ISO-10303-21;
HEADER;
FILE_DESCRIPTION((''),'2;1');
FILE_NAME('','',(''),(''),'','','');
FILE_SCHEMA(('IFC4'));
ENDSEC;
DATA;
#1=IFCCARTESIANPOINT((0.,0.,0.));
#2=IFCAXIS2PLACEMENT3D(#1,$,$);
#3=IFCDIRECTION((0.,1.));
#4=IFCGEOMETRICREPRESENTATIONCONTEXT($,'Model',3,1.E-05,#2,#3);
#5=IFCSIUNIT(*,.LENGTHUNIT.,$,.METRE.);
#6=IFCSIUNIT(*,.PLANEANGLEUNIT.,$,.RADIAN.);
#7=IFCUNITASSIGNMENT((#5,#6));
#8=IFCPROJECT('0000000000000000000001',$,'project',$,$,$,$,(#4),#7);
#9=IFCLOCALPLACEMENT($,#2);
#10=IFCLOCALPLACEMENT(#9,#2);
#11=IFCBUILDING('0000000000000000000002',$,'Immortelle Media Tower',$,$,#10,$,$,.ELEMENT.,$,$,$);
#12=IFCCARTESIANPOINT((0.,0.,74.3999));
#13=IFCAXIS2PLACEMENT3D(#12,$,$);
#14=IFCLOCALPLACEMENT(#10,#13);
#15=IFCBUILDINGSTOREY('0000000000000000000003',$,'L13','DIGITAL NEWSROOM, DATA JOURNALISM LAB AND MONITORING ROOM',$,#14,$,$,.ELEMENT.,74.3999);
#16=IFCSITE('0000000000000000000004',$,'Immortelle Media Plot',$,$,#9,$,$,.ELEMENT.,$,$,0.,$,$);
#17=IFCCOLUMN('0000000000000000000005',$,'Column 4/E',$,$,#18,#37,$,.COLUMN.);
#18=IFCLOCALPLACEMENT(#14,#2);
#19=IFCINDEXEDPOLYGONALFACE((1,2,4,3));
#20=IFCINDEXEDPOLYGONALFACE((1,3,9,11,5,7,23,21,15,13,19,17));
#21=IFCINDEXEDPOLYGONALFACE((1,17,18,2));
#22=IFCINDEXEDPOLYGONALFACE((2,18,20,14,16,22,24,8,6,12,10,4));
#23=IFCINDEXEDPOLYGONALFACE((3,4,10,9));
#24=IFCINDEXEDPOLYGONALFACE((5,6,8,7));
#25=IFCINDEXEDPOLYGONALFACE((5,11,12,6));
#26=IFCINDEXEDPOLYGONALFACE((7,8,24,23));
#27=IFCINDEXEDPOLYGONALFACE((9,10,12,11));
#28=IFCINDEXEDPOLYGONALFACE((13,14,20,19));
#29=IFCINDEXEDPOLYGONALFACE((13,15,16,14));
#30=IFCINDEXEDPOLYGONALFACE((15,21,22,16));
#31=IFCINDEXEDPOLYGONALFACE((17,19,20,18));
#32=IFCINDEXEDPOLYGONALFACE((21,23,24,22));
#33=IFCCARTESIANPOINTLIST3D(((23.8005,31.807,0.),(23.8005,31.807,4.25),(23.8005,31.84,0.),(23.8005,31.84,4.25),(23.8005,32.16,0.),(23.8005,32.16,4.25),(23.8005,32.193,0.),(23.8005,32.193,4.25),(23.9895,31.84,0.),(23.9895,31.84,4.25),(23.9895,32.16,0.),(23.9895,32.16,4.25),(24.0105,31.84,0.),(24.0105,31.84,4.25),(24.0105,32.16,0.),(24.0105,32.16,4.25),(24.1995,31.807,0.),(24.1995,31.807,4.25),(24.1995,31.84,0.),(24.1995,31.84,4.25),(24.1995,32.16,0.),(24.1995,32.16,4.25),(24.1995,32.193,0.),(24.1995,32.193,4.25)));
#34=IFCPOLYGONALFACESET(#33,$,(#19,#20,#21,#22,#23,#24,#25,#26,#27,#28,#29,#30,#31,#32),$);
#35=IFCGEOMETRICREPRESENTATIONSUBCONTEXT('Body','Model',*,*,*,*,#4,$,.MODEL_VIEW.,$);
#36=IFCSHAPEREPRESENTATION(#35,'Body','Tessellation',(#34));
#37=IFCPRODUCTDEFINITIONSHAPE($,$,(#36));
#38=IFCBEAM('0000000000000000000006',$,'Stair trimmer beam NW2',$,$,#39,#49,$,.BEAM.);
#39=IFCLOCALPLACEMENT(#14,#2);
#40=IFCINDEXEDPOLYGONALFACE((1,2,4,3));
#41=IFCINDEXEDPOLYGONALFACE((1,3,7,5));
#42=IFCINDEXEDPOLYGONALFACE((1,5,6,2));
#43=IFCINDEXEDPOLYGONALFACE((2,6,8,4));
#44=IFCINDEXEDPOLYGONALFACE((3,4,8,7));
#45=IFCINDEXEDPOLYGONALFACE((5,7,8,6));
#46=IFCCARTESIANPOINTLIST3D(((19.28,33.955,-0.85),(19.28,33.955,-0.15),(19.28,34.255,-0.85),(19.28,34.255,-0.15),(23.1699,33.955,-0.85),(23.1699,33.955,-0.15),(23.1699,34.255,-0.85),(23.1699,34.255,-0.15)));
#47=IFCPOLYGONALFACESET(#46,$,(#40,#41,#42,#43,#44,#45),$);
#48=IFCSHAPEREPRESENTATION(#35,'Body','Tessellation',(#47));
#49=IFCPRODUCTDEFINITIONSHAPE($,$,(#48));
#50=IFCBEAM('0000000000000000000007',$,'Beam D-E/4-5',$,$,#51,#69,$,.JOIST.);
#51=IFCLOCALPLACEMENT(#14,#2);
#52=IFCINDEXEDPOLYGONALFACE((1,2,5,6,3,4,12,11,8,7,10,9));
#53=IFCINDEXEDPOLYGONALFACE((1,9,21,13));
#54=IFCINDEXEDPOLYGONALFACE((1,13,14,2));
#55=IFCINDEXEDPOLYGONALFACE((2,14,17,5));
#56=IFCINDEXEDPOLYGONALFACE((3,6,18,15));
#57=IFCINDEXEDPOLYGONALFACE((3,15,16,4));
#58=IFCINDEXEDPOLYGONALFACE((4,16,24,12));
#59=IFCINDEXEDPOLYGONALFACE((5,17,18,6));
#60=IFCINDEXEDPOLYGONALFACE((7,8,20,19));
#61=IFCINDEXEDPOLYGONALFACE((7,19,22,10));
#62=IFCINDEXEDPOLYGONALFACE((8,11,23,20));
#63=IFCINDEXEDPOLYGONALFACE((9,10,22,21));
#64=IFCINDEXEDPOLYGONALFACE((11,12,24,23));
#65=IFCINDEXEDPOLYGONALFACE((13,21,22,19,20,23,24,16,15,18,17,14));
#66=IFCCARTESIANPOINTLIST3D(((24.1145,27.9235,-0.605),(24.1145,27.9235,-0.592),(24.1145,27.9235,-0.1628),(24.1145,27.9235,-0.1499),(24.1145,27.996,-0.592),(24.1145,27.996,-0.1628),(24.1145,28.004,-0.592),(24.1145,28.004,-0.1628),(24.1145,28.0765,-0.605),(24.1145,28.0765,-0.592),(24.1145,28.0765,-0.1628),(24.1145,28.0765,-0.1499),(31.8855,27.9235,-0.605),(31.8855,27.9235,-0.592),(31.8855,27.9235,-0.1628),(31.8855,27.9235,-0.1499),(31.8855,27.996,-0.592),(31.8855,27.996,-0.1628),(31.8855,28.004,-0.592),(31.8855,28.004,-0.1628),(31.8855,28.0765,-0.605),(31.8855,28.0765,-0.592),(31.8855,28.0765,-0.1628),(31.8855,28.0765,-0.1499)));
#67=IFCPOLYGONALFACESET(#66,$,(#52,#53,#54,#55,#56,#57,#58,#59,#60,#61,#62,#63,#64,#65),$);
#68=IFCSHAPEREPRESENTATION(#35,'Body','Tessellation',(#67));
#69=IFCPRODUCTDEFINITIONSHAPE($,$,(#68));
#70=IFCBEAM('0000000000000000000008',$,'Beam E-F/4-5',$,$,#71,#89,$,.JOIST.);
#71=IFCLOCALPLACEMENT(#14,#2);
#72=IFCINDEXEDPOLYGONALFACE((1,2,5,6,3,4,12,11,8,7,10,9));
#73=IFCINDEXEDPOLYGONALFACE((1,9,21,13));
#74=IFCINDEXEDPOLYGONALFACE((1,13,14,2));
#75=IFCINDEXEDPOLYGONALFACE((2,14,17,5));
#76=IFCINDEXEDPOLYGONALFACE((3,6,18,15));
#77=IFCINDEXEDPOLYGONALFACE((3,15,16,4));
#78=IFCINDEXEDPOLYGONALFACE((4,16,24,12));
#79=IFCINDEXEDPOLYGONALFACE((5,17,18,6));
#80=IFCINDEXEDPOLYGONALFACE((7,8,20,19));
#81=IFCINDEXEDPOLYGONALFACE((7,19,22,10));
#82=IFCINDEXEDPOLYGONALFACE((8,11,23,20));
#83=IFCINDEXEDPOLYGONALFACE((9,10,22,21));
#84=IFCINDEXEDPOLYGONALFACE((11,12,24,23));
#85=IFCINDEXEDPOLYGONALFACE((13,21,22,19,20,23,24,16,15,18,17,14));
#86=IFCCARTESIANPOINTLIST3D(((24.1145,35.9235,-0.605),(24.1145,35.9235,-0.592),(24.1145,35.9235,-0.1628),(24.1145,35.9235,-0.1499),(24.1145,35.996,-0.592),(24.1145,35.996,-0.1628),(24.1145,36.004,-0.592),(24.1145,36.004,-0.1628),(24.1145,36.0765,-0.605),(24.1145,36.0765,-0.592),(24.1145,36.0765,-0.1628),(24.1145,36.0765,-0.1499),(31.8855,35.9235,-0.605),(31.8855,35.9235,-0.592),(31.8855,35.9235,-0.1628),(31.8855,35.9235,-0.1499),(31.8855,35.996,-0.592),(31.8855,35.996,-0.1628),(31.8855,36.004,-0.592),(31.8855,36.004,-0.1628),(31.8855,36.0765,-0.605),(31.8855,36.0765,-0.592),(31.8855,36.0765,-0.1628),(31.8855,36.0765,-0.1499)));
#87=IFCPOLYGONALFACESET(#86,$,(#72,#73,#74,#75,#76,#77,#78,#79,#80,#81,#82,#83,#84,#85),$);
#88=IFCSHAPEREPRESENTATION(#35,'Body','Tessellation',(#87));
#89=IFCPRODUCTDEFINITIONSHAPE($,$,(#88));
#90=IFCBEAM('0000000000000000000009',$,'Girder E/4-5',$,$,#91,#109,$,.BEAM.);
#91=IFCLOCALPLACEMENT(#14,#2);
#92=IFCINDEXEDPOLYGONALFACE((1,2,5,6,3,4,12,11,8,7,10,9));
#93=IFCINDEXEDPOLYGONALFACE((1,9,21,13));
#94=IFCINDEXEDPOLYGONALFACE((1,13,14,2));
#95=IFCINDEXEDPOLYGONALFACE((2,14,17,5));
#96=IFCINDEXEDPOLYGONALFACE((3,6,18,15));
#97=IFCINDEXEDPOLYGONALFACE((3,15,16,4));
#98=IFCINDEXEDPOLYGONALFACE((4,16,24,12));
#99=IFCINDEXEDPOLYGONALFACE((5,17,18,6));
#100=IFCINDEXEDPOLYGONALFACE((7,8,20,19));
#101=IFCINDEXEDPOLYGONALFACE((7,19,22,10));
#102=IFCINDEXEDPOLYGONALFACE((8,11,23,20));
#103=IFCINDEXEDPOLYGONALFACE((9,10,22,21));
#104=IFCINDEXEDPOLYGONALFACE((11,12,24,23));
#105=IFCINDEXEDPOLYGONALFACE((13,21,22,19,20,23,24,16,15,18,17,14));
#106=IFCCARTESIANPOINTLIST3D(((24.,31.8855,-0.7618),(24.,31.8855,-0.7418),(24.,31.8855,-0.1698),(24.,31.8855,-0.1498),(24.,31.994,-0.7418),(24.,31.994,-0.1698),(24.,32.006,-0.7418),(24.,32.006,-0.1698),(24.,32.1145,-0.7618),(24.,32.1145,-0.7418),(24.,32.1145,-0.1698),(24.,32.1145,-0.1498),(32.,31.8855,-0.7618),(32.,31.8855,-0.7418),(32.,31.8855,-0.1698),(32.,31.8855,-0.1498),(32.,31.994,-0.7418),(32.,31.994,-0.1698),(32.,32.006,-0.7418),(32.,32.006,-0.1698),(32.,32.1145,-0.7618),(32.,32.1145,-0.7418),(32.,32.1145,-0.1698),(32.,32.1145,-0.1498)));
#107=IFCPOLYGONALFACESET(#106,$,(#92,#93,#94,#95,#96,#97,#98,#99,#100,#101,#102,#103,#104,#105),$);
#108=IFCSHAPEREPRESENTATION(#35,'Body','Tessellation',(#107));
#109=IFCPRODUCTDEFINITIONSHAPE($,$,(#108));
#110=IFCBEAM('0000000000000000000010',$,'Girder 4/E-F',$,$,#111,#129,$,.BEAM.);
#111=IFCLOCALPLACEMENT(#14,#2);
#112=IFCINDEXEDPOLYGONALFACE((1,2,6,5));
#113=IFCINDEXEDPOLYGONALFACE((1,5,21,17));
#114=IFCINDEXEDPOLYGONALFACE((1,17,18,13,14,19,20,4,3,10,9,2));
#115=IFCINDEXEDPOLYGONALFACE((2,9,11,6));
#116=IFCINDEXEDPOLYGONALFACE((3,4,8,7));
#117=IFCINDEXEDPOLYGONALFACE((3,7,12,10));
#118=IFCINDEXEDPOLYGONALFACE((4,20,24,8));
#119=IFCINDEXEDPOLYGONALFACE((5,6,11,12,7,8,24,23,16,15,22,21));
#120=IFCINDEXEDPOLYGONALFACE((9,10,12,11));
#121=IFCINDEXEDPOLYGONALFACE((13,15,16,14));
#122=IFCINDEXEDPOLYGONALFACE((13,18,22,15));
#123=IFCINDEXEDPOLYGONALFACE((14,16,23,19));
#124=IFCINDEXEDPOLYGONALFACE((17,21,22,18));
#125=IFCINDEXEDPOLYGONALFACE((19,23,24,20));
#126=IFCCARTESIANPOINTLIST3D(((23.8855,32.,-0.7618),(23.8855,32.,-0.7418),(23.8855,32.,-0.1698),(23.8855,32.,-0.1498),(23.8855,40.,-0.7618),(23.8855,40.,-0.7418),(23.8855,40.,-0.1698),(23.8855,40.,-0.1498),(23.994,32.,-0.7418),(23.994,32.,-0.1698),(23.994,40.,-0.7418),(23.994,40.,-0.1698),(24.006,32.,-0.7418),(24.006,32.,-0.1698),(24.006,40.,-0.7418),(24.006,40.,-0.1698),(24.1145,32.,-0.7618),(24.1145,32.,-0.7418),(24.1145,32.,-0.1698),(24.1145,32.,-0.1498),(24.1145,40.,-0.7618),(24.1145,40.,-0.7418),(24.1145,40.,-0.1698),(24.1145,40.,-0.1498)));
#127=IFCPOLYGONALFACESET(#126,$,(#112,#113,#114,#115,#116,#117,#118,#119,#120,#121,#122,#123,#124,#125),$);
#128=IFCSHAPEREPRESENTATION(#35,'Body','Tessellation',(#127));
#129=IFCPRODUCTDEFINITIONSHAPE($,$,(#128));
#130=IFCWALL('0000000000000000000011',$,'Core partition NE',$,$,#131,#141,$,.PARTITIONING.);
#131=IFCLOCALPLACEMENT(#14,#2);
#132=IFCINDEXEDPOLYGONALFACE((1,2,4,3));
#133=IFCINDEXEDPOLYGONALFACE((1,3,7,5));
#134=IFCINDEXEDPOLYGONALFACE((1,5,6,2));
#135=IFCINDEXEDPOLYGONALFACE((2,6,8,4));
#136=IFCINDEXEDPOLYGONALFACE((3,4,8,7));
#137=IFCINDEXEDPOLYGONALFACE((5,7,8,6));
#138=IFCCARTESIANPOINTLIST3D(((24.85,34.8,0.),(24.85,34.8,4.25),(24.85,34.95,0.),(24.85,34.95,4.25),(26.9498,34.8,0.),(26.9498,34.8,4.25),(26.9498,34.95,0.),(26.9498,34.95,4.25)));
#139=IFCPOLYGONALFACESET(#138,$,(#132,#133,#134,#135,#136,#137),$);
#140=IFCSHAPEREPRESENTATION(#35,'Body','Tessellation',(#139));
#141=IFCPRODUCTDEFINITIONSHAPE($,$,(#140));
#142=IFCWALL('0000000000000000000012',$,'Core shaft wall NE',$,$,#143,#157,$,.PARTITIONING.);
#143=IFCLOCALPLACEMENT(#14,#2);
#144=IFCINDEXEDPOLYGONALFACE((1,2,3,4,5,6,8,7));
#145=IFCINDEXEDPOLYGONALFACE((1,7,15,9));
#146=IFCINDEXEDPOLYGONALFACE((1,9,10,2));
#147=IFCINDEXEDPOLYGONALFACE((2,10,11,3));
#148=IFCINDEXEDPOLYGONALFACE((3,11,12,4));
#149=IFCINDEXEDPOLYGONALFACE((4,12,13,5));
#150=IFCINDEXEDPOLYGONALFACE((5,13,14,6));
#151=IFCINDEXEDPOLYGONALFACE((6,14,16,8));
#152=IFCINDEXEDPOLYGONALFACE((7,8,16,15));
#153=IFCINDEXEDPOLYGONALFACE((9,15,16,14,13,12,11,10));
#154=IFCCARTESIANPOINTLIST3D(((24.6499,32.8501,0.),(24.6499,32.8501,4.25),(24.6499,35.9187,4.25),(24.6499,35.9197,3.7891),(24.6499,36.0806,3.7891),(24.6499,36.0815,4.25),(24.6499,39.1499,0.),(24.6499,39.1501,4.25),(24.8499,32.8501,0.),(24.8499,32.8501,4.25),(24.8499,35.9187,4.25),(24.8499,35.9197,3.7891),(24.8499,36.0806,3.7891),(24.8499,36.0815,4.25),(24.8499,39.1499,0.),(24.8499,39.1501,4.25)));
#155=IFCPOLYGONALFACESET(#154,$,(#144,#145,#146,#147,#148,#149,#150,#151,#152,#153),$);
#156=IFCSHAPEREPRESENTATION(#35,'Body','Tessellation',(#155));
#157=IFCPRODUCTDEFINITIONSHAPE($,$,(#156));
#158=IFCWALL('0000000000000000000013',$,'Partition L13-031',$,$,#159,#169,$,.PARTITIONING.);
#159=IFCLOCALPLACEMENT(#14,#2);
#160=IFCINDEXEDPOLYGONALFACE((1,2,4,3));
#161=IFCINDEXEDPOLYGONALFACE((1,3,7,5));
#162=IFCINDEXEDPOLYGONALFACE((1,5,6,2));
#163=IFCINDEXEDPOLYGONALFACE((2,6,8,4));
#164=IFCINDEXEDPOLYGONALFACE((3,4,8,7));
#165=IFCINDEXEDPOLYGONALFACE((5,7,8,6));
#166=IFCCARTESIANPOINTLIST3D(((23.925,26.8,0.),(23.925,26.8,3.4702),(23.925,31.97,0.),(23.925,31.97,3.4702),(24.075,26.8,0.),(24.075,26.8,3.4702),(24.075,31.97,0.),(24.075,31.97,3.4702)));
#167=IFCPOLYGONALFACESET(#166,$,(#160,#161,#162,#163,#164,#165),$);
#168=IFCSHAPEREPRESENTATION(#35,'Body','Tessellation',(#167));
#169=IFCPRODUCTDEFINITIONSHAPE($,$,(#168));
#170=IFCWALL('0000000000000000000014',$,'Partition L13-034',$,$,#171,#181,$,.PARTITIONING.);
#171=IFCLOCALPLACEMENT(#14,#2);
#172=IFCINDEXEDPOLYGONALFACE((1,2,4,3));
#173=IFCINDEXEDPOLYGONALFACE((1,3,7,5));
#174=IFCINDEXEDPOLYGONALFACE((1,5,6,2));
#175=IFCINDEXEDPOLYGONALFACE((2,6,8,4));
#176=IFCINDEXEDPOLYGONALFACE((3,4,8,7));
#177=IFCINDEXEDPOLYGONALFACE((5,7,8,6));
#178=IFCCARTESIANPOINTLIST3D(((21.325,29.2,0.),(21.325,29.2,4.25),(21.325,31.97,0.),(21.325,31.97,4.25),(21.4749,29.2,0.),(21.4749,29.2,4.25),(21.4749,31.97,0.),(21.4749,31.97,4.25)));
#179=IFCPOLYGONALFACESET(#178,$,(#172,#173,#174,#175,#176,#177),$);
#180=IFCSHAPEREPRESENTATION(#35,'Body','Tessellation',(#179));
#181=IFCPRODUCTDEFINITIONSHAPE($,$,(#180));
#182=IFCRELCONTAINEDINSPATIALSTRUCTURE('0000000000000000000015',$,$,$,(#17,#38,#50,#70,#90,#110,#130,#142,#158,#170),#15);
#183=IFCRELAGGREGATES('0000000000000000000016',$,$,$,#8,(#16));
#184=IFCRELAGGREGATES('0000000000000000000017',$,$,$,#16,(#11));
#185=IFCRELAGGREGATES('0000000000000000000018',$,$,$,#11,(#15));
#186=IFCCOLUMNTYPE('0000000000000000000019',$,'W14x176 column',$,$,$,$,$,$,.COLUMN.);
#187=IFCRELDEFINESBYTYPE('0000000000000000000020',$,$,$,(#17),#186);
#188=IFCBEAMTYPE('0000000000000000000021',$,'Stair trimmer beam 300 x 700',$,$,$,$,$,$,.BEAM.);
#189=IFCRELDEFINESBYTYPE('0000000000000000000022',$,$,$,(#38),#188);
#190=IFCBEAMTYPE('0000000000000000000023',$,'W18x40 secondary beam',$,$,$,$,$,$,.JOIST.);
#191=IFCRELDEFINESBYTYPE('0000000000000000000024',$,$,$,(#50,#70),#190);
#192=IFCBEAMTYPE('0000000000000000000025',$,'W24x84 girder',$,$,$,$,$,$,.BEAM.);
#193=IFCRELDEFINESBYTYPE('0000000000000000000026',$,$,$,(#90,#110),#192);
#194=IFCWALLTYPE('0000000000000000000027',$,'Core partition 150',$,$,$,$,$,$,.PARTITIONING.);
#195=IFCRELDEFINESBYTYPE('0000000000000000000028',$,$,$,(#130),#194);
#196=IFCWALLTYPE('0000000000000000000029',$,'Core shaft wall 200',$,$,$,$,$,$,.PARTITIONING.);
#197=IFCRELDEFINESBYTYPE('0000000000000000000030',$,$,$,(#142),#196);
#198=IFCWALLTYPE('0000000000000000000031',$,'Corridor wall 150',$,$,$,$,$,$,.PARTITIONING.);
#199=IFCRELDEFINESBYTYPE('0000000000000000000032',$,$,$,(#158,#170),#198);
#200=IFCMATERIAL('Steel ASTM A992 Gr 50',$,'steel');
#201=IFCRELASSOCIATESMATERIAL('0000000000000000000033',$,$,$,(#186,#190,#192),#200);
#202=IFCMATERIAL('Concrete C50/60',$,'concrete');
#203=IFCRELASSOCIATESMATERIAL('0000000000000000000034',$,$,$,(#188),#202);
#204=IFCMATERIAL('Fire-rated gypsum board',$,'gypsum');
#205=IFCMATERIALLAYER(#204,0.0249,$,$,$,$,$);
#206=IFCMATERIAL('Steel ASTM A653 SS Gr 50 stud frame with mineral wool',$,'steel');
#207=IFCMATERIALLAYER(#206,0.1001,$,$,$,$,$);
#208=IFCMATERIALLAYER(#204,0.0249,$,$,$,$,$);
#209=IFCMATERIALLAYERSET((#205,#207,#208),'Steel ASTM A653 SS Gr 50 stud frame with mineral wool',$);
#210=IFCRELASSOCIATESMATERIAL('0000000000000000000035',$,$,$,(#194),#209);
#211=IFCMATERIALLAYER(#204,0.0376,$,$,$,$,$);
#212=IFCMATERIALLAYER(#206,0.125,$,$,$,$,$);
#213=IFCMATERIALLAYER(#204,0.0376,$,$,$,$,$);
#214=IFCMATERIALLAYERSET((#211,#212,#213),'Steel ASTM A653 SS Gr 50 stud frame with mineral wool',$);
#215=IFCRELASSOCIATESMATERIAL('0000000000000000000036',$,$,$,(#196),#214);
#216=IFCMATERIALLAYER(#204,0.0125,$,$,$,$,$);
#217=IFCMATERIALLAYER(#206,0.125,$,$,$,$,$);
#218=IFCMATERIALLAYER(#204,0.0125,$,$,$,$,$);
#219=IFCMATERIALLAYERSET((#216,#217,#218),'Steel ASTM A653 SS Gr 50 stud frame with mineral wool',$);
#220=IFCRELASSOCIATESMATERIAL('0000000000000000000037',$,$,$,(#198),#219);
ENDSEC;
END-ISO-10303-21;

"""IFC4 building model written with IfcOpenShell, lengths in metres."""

from ifc_helpers import new_model, si_unit, direction, frame, frame_2d, origin, origin_2d, place, context, subcontext, project, spatial, polyline, rectangle, i_section, outline, extrude, material, layer, layer_set, material_profile, profile_set, type_object, element, save


model = new_model("IFC4")

# Units and contexts
model_context = context("Model", 3, precision=1e-05, world=origin(), true_north=direction((0.0, 1.0)))
body_context = subcontext(model_context, "Body", "Model", "MODEL_VIEW")
ifc_project = project(units=[si_unit("LENGTHUNIT", "METRE"), si_unit("PLANEANGLEUNIT", "RADIAN")], contexts=[model_context])

# Site, building, storey
site_placement = place(None, origin())
site = spatial("IfcSite", under=ifc_project, at=site_placement, Name="Immortelle Media Plot", CompositionType="ELEMENT", RefElevation=0.0)
building_placement = place(site_placement, origin())
building = spatial("IfcBuilding", under=site, at=building_placement, Name="Immortelle Media Tower", CompositionType="ELEMENT")
storey_placement = place(building_placement, frame((0.0, 0.0, 74.3999)))
storey = spatial("IfcBuildingStorey", under=building, at=storey_placement, Name="L13", Description="DIGITAL NEWSROOM, DATA JOURNALISM LAB AND MONITORING ROOM", CompositionType="ELEMENT", Elevation=74.3999)

# Column
ifc_material_1 = material(Name="Steel ASTM A992 Gr 50", Category="steel")
ifc_material_profile_1 = material_profile(ifc_material_1, i_section(OverallWidth=0.3989, OverallDepth=0.386, WebThickness=0.021, FlangeThickness=0.033, at=origin_2d()), Name="W14x176")
ifc_profile_set_1 = profile_set([ifc_material_profile_1], Name="Steel ASTM A992 Gr 50")
column_type = type_object("IfcColumnType", Name="W14x176 column", PredefinedType="COLUMN", material=ifc_profile_set_1)
column_placement = place(storey_placement, frame((24.0, 32.0, 0.0), z_axis=(0.0, 0.0, 1.0), x_axis=(1.0, 0.0, 0.0)))
element("IfcColumn", 1, at=column_placement, inside=storey, type_object=column_type, Name="Column 4/E", PredefinedType="COLUMN", context=body_context, shape_type="SweptSolid", body=[
    extrude(i_section(OverallWidth=0.3989, OverallDepth=0.386, WebThickness=0.021, FlangeThickness=0.033, at=origin_2d()), origin(), (0.0, 0.0, 1.0), 4.25),
])

# Beams
ifc_material_2 = material(Name="Concrete C50/60", Category="concrete")
ifc_material_profile_2 = material_profile(ifc_material_2, rectangle(XDim=0.3, YDim=0.7, at=origin_2d()), Name="RC 300x700")
ifc_profile_set_2 = profile_set([ifc_material_profile_2], Name="Concrete C50/60")
beam_type_1 = type_object("IfcBeamType", Name="Stair trimmer beam 300 x 700", PredefinedType="BEAM", material=ifc_profile_set_2)
beam_placement = place(storey_placement, frame((19.28, 34.105, -0.5), z_axis=(1.0, 0.0, 0.0), x_axis=(0.0, 1.0, 0.0)))
element("IfcBeam", 2, at=beam_placement, inside=storey, type_object=beam_type_1, Name="Stair trimmer beam NW2", PredefinedType="BEAM", context=body_context, shape_type="SweptSolid", body=[
    extrude(rectangle(XDim=0.3, YDim=0.7, at=origin_2d()), origin(), (0.0, 0.0, 1.0), 3.8899),
])
ifc_material_profile_3 = material_profile(ifc_material_1, i_section(OverallWidth=0.1531, OverallDepth=0.4551, WebThickness=0.0081, FlangeThickness=0.0129, at=origin_2d()), Name="W18x40")
ifc_profile_set_3 = profile_set([ifc_material_profile_3], Name="Steel ASTM A992 Gr 50")
beam_type_2 = type_object("IfcBeamType", Name="W18x40 secondary beam", PredefinedType="JOIST", material=ifc_profile_set_3)
for number, where, z_axis, x_axis, name in (
    (3, (24.1145, 28.0, -0.3774), (1.0, 0.0, 0.0), (0.0, 1.0, 0.0), "Beam D-E/4-5"),
    (4, (24.1145, 36.0, -0.3774), (1.0, 0.0, 0.0), (0.0, 1.0, 0.0), "Beam E-F/4-5"),
):
    element("IfcBeam", number, at=place(storey_placement, frame(where, z_axis=z_axis, x_axis=x_axis)), inside=storey, type_object=beam_type_2, Name=name, PredefinedType="JOIST", context=body_context, shape_type="SweptSolid", body=[
        extrude(i_section(OverallWidth=0.1531, OverallDepth=0.4551, WebThickness=0.0081, FlangeThickness=0.0129, at=origin_2d()), origin(), (0.0, 0.0, 1.0), 7.771),
    ])
ifc_material_profile_4 = material_profile(ifc_material_1, i_section(OverallWidth=0.229, OverallDepth=0.6121, WebThickness=0.012, FlangeThickness=0.02, at=origin_2d()), Name="W24x84")
ifc_profile_set_4 = profile_set([ifc_material_profile_4], Name="Steel ASTM A992 Gr 50")
beam_type_3 = type_object("IfcBeamType", Name="W24x84 girder", PredefinedType="BEAM", material=ifc_profile_set_4)
for number, where, z_axis, x_axis, name in (
    (5, (24.0, 32.0, -0.4558), (1.0, 0.0, 0.0), (0.0, 1.0, 0.0), "Girder E/4-5"),
    (6, (24.0, 32.0, -0.4558), (0.0, 1.0, 0.0), (-1.0, 0.0, 0.0), "Girder 4/E-F"),
):
    element("IfcBeam", number, at=place(storey_placement, frame(where, z_axis=z_axis, x_axis=x_axis)), inside=storey, type_object=beam_type_3, Name=name, PredefinedType="BEAM", context=body_context, shape_type="SweptSolid", body=[
        extrude(i_section(OverallWidth=0.229, OverallDepth=0.6121, WebThickness=0.012, FlangeThickness=0.02, at=origin_2d()), origin(), (0.0, 0.0, 1.0), 8.0),
    ])

# Walls
ifc_material_3 = material(Name="Fire-rated gypsum board", Category="gypsum")
ifc_layer_1 = layer(ifc_material_3, 0.0249)
ifc_material_4 = material(Name="Steel ASTM A653 SS Gr 50 stud frame with mineral wool", Category="steel")
ifc_layer_2 = layer(ifc_material_4, 0.1001)
ifc_layer_3 = layer(ifc_material_3, 0.0249)
ifc_layer_set_1 = layer_set([ifc_layer_1, ifc_layer_2, ifc_layer_3], Name="Steel ASTM A653 SS Gr 50 stud frame with mineral wool")
wall_type_1 = type_object("IfcWallType", Name="Core partition 150", PredefinedType="PARTITIONING", material=ifc_layer_set_1)
wall_1_placement = place(storey_placement, frame((24.8501, 34.875, 0.0), z_axis=(0.0, 0.0, 1.0), x_axis=(1.0, 0.0, 0.0)))
element("IfcWall", 7, at=wall_1_placement, inside=storey, type_object=wall_type_1, Name="Core partition NE", PredefinedType="PARTITIONING", context=body_context, shape_type="SweptSolid", body=[
    extrude(rectangle(XDim=2.0999, YDim=0.1499, at=frame_2d((1.0498, 0.0))), origin(), (0.0, 0.0, 1.0), 4.25),
])
ifc_layer_4 = layer(ifc_material_3, 0.0376)
ifc_layer_5 = layer(ifc_material_4, 0.125)
ifc_layer_6 = layer(ifc_material_3, 0.0376)
ifc_layer_set_2 = layer_set([ifc_layer_4, ifc_layer_5, ifc_layer_6], Name="Steel ASTM A653 SS Gr 50 stud frame with mineral wool")
wall_type_2 = type_object("IfcWallType", Name="Core shaft wall 200", PredefinedType="PARTITIONING", material=ifc_layer_set_2)
wall_2_placement = place(storey_placement, frame((24.75, 32.8501, 0.0), z_axis=(0.0, 0.0, 1.0), x_axis=(0.0, 1.0, 0.0)))
element("IfcWall", 8, at=wall_2_placement, inside=storey, type_object=wall_type_2, Name="Core shaft wall NE", PredefinedType="PARTITIONING", context=body_context, shape_type="SweptSolid", body=[
    extrude(outline(polyline([(0.0, 0.0), (6.2998, 0.0), (6.3, 4.25), (3.2314, 4.25), (3.2305, 3.7891), (3.0696, 3.7891), (3.0686, 4.25), (0.0, 4.25), (0.0, 0.0)])), frame((0.0, 0.1001, 0.0), z_axis=(0.0, -1.0, 0.0), x_axis=(1.0, 0.0, 0.0)), (0.0, 0.0, 1.0), 0.2),
])
ifc_layer_7 = layer(ifc_material_3, 0.0125)
ifc_layer_8 = layer(ifc_material_4, 0.125)
ifc_layer_9 = layer(ifc_material_3, 0.0125)
ifc_layer_set_3 = layer_set([ifc_layer_7, ifc_layer_8, ifc_layer_9], Name="Steel ASTM A653 SS Gr 50 stud frame with mineral wool")
wall_type_3 = type_object("IfcWallType", Name="Corridor wall 150", PredefinedType="PARTITIONING", material=ifc_layer_set_3)
wall_3_placement = place(storey_placement, frame((24.0, 26.8, 0.0), z_axis=(0.0, 0.0, 1.0), x_axis=(0.0, 1.0, 0.0)))
element("IfcWall", 9, at=wall_3_placement, inside=storey, type_object=wall_type_3, Name="Partition L13-031", PredefinedType="PARTITIONING", context=body_context, shape_type="SweptSolid", body=[
    extrude(rectangle(XDim=5.1699, YDim=0.1499, at=frame_2d((2.585, 0.0))), origin(), (0.0, 0.0, 1.0), 3.4702),
])
wall_4_placement = place(storey_placement, frame((21.3999, 29.2, 0.0), z_axis=(0.0, 0.0, 1.0), x_axis=(0.0, 1.0, 0.0)))
element("IfcWall", 10, at=wall_4_placement, inside=storey, type_object=wall_type_3, Name="Partition L13-034", PredefinedType="PARTITIONING", context=body_context, shape_type="SweptSolid", body=[
    extrude(rectangle(XDim=2.77, YDim=0.1499, at=frame_2d((1.385, 0.0))), origin(), (0.0, 0.0, 1.0), 4.25),
])

save(model, "model.ifc")
